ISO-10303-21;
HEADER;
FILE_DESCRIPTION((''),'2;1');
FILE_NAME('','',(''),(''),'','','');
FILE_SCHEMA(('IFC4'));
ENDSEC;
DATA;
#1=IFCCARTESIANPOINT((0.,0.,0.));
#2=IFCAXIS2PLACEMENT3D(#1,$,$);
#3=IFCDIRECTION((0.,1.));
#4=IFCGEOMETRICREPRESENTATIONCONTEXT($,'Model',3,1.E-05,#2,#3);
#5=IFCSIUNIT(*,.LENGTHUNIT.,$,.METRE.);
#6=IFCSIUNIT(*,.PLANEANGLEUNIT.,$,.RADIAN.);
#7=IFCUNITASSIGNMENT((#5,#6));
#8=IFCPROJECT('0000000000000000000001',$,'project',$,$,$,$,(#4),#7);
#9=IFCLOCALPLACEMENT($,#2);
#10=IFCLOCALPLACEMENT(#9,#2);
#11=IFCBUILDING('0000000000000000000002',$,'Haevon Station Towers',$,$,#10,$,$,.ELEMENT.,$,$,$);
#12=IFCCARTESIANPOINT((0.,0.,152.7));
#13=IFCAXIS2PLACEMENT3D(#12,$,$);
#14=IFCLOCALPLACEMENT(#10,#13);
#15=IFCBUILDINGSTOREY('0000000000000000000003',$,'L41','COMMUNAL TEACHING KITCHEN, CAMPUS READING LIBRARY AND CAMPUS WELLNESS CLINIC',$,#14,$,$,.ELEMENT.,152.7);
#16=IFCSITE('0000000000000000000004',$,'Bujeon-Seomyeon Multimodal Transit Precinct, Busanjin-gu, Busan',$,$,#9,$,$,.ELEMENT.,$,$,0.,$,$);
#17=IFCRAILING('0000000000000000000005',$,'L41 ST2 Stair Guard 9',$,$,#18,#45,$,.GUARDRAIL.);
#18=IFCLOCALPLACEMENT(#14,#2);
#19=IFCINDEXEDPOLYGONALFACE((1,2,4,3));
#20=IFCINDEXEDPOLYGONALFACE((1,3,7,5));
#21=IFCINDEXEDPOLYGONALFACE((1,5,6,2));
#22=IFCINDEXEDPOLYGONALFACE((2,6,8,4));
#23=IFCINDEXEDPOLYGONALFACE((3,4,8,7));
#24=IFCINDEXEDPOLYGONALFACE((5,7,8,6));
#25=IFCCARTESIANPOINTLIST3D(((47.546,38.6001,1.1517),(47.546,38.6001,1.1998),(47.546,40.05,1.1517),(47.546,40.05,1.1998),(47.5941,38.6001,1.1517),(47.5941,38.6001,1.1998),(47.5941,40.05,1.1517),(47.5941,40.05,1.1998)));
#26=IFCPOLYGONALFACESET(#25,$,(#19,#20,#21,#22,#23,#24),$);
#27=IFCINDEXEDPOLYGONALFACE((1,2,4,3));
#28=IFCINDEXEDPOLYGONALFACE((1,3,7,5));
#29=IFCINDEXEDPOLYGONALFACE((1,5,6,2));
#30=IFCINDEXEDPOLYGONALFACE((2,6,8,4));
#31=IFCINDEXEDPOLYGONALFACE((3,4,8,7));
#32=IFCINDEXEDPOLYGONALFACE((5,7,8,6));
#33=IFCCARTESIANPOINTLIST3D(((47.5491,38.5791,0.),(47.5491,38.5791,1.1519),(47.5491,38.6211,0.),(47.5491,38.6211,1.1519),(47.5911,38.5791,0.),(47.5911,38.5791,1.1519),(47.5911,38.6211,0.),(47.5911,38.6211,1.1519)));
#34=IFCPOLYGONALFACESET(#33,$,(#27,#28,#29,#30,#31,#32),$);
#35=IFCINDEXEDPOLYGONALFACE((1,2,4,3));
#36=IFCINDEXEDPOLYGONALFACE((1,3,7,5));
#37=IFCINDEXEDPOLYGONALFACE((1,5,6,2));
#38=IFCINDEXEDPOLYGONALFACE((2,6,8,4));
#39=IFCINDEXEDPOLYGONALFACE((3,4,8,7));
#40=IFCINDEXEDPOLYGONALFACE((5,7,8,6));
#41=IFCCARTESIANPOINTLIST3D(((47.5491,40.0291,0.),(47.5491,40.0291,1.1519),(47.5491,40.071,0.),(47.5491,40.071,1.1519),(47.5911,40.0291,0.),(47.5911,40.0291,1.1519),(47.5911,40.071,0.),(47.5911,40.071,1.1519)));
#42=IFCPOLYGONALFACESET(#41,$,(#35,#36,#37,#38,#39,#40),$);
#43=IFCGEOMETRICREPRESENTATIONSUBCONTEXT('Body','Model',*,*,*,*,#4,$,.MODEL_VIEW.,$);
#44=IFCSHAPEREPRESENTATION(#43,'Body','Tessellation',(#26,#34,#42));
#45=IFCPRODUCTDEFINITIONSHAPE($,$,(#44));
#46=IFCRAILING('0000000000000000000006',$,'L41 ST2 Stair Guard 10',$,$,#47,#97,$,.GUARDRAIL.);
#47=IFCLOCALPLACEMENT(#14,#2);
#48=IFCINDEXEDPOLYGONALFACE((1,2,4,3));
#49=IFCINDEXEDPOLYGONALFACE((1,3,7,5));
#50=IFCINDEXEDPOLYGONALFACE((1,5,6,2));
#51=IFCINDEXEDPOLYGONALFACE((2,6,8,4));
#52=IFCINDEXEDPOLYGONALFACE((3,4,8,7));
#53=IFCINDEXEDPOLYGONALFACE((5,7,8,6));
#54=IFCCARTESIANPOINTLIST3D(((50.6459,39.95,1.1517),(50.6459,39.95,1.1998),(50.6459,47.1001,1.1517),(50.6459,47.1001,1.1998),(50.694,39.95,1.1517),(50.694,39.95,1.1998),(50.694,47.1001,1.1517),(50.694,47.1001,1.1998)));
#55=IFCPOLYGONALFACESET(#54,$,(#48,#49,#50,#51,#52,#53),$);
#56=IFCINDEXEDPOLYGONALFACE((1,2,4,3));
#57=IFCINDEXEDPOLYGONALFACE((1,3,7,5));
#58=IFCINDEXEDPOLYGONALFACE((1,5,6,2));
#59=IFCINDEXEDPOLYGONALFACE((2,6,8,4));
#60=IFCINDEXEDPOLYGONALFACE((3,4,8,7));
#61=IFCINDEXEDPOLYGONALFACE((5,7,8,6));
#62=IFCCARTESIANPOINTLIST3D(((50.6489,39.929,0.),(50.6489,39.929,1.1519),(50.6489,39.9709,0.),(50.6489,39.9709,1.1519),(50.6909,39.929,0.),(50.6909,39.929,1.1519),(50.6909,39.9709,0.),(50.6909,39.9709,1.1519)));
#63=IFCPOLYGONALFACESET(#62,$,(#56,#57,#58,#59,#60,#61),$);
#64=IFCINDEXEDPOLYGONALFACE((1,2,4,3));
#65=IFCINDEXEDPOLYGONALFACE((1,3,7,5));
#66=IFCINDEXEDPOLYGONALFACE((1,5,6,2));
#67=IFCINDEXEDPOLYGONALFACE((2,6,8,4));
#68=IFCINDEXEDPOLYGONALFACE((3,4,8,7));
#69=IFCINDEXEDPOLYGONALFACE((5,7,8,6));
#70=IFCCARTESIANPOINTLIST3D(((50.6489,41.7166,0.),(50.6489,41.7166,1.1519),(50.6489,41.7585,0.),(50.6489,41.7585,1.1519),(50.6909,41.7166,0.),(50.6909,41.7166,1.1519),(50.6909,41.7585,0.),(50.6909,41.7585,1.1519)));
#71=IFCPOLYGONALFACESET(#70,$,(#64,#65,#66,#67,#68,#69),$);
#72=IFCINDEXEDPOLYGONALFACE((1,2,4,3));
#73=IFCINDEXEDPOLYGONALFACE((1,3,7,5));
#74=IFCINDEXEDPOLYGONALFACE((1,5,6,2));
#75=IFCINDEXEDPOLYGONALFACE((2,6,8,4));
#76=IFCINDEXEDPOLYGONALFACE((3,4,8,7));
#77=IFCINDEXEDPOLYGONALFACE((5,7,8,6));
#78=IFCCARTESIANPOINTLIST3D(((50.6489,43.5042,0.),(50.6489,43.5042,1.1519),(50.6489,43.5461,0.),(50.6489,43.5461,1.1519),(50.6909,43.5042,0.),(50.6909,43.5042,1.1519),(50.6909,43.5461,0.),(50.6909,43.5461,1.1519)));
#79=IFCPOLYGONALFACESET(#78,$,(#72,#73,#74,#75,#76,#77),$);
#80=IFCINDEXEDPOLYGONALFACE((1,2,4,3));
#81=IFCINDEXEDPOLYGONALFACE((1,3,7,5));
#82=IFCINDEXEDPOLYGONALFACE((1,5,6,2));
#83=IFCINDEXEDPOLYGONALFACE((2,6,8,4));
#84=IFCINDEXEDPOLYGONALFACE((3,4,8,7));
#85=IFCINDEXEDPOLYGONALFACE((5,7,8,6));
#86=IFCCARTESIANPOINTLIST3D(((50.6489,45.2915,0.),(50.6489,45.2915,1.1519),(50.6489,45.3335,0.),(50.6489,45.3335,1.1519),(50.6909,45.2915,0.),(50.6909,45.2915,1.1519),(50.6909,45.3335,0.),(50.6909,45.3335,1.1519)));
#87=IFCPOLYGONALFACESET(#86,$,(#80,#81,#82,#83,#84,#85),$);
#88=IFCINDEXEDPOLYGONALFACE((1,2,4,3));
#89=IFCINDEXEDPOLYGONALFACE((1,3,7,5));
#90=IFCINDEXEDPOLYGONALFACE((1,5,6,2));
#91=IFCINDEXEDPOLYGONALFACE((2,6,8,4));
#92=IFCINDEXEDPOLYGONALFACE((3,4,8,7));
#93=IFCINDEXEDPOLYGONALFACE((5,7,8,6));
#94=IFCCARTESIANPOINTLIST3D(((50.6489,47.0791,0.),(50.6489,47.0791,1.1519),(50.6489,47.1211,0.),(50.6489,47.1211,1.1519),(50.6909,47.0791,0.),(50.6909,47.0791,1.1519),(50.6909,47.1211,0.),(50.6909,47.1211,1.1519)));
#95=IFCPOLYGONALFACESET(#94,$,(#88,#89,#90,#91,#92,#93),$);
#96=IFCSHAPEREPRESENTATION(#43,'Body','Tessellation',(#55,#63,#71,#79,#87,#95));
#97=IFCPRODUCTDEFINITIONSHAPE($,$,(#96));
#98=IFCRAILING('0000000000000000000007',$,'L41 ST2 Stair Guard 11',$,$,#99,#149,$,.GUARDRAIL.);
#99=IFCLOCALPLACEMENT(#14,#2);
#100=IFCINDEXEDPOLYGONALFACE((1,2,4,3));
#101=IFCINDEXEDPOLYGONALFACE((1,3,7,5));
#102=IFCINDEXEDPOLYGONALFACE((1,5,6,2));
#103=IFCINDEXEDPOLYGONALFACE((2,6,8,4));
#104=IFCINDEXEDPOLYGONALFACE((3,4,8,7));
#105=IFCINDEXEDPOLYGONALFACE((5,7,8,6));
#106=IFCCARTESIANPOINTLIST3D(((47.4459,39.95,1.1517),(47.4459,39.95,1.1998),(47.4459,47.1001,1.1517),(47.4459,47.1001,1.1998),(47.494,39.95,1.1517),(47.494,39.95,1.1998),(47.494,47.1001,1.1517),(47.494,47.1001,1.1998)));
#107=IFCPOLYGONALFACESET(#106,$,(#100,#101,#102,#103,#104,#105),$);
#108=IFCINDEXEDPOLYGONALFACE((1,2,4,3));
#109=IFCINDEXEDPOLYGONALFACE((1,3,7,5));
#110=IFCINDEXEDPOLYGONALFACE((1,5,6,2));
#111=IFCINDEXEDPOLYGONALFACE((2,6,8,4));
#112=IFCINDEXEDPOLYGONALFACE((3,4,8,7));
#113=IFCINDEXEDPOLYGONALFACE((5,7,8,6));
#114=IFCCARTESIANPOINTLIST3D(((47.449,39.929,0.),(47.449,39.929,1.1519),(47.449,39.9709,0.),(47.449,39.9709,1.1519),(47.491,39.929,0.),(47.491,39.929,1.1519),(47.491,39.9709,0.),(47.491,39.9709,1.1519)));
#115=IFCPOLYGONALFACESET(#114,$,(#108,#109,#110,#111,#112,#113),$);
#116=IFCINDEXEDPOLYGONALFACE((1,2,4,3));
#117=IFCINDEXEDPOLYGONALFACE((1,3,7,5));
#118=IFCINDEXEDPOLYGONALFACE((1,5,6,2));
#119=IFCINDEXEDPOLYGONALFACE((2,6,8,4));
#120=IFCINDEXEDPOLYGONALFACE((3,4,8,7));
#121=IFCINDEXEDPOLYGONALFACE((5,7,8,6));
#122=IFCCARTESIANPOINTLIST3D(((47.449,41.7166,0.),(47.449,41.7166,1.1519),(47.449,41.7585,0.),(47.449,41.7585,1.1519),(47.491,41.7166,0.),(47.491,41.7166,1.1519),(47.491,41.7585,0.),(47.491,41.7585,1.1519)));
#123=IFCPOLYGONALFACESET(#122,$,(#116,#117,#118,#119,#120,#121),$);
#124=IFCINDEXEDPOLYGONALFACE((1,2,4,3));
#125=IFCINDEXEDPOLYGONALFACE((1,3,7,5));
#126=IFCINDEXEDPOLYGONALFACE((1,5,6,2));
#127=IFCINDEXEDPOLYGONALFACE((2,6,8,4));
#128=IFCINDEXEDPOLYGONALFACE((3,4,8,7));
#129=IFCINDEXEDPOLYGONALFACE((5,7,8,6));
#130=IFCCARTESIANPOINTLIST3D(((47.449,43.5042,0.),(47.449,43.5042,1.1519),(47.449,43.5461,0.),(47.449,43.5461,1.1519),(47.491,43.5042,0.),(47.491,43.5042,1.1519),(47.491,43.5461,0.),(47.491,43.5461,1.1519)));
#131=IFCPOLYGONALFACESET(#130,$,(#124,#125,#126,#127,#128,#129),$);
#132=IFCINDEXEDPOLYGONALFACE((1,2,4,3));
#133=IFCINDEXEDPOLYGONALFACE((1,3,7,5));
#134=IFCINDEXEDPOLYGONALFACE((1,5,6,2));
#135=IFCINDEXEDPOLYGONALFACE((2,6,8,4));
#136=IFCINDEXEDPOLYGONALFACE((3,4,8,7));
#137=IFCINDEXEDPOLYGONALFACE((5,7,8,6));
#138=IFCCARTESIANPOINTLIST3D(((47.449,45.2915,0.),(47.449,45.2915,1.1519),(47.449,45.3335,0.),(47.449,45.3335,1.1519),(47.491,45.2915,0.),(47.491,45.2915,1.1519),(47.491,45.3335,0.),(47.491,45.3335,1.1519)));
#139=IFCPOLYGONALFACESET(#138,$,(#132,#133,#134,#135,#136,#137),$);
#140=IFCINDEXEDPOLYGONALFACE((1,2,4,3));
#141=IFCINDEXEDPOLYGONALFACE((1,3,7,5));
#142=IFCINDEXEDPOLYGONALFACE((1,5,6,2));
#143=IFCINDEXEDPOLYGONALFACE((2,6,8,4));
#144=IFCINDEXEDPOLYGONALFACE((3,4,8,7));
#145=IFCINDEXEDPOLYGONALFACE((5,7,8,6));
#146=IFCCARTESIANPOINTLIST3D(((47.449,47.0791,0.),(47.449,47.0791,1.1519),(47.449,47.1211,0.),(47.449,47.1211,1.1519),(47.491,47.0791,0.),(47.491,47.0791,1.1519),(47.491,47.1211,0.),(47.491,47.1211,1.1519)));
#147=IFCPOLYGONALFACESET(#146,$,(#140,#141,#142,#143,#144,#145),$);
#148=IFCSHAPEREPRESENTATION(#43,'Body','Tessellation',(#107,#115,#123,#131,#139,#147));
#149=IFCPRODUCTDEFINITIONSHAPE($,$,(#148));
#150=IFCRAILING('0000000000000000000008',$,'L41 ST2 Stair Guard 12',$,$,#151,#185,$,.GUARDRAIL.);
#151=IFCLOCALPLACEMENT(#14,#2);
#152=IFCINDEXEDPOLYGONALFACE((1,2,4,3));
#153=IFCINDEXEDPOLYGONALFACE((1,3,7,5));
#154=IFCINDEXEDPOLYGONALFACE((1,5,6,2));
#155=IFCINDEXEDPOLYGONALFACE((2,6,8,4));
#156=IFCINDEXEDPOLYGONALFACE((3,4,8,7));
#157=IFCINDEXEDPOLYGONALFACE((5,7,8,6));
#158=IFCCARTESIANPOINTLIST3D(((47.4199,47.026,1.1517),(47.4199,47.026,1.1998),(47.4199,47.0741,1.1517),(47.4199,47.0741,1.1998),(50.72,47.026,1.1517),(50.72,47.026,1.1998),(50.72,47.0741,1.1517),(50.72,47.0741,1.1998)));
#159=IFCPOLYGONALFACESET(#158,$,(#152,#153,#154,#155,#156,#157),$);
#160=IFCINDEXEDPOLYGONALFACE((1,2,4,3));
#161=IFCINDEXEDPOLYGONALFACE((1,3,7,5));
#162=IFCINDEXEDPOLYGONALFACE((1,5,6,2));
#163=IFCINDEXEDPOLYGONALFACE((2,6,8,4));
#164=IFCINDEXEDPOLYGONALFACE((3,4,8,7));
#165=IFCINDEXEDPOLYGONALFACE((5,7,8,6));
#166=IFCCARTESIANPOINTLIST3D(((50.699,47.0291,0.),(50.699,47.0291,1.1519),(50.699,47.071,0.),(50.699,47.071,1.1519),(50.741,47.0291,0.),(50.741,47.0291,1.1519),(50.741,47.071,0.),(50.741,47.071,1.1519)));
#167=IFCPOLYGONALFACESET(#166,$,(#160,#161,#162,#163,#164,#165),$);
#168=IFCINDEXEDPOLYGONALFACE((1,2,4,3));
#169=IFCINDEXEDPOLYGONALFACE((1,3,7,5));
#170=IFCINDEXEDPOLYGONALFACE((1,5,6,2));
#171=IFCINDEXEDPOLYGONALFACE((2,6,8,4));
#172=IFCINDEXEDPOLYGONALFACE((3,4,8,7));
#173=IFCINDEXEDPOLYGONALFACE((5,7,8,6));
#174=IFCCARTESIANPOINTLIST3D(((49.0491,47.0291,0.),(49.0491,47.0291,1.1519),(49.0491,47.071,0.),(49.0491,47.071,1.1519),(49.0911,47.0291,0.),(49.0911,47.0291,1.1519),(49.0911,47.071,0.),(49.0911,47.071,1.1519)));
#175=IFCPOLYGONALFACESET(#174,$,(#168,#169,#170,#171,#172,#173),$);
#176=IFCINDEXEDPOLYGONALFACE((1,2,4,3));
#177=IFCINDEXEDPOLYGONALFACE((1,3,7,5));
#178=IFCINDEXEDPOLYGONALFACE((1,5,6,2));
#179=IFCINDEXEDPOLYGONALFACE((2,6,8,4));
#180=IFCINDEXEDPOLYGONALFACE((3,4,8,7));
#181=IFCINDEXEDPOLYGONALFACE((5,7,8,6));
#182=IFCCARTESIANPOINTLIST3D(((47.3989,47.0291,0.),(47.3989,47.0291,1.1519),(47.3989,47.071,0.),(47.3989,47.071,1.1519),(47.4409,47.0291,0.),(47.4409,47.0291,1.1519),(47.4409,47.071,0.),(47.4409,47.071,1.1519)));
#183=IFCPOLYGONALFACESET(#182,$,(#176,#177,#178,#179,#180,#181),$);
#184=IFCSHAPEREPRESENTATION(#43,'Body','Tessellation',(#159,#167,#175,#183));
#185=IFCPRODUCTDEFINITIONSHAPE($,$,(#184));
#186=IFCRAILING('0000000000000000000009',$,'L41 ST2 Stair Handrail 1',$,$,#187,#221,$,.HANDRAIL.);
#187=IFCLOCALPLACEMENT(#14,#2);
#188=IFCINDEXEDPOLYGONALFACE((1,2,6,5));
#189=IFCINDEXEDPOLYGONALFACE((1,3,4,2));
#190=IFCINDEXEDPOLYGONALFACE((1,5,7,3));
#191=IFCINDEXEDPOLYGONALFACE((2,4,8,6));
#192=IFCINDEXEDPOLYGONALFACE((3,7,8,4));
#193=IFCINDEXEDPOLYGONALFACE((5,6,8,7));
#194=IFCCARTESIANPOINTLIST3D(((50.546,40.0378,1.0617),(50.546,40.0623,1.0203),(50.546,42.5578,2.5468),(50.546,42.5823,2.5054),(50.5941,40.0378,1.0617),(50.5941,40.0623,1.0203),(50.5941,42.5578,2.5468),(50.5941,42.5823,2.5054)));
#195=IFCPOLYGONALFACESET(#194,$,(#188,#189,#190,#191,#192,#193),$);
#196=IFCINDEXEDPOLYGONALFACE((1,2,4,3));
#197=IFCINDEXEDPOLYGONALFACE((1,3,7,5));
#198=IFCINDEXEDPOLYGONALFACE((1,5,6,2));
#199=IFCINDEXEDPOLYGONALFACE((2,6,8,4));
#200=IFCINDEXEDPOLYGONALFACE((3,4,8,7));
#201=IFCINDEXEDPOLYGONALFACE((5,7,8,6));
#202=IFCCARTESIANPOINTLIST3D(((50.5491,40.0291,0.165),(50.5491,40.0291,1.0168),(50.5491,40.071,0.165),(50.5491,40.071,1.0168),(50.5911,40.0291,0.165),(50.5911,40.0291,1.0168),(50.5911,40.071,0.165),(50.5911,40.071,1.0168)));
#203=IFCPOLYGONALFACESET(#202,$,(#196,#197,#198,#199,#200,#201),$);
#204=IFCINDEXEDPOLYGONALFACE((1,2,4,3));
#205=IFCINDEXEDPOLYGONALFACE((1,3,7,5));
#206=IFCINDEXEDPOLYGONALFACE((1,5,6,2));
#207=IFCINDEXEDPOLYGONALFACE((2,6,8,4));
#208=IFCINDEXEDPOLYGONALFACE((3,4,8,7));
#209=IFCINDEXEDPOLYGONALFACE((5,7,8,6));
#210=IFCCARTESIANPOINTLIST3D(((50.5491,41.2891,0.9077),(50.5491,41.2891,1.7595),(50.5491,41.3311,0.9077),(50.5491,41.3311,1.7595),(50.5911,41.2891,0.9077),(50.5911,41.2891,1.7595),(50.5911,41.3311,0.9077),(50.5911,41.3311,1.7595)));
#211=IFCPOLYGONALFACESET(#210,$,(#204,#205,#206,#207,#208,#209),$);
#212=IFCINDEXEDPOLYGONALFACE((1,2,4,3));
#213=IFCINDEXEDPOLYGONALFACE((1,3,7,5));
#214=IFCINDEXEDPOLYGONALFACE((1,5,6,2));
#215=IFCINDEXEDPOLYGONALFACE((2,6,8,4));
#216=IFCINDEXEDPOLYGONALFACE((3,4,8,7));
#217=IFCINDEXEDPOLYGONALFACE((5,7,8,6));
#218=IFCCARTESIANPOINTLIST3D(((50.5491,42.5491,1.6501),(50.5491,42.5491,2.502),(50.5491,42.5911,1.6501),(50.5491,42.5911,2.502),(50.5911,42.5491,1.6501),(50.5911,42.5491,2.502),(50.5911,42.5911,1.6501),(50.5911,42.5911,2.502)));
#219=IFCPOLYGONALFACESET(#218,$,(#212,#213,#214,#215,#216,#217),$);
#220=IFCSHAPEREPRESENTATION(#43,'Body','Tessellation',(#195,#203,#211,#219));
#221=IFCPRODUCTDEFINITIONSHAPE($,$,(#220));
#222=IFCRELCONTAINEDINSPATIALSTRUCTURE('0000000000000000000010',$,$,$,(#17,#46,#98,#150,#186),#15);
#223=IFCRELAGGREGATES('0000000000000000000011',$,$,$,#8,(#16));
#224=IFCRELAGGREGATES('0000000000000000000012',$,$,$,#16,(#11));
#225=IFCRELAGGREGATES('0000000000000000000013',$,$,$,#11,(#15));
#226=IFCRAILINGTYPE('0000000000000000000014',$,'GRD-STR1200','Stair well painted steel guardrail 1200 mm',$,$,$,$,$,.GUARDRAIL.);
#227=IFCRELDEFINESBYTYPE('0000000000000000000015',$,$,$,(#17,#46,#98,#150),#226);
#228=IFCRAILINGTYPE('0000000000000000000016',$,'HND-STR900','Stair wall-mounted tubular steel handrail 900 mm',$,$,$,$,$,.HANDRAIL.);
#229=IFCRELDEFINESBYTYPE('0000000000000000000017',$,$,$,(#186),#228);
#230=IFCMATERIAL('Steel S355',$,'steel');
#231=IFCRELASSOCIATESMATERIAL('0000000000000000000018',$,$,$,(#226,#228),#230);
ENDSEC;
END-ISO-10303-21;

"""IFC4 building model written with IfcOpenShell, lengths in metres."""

from ifc_helpers import new_model, si_unit, direction, frame, origin, origin_2d, place, context, subcontext, project, spatial, rectangle, extrude, material, type_object, element, save


model = new_model("IFC4")

# Units and contexts
model_context = context("Model", 3, precision=1e-05, world=origin(), true_north=direction((0.0, 1.0)))
body_context = subcontext(model_context, "Body", "Model", "MODEL_VIEW")
ifc_project = project(units=[si_unit("LENGTHUNIT", "METRE"), si_unit("PLANEANGLEUNIT", "RADIAN")], contexts=[model_context])

# Site, building, storey
site_placement = place(None, origin())
site = spatial("IfcSite", under=ifc_project, at=site_placement, Name="Bujeon-Seomyeon Multimodal Transit Precinct, Busanjin-gu, Busan", CompositionType="ELEMENT", RefElevation=0.0)
building_placement = place(site_placement, origin())
building = spatial("IfcBuilding", under=site, at=building_placement, Name="Haevon Station Towers", CompositionType="ELEMENT")
storey_placement = place(building_placement, frame((0.0, 0.0, 152.7)))
storey = spatial("IfcBuildingStorey", under=building, at=storey_placement, Name="L41", Description="COMMUNAL TEACHING KITCHEN, CAMPUS READING LIBRARY AND CAMPUS WELLNESS CLINIC", CompositionType="ELEMENT", Elevation=152.7)

# Shared definitions
ifc_material_1 = material(Name="Steel S355", Category="steel")

# Railings
railing_type_1 = type_object("IfcRailingType", Name="GRD-STR1200", Description="Stair well painted steel guardrail 1200 mm", PredefinedType="GUARDRAIL", material=ifc_material_1)
for number, where, name in (
    (1, (47.5701, 38.6001, 0.0), "L41 ST2 Stair Guard 9"),
):
    element("IfcRailing", number, at=place(storey_placement, frame(where)), inside=storey, type_object=railing_type_1, Name=name, PredefinedType="GUARDRAIL", context=body_context, shape_type="SweptSolid", body=[
        extrude(rectangle(XDim=0.0481, YDim=0.0481, at=origin_2d()), frame((0.0, 0.0, 1.1758), z_axis=(0.0, 1.0, 0.0), x_axis=(-1.0, 0.0, 0.0)), (0.0, 0.0, 1.0), 1.45),
        extrude(rectangle(XDim=0.042, YDim=0.042, at=origin_2d()), origin(), (0.0, 0.0, 1.0), 1.1519),
        extrude(rectangle(XDim=0.042, YDim=0.042, at=origin_2d()), frame((0.0, 1.45, 0.0)), (0.0, 0.0, 1.0), 1.1519),
    ])
for number, where, name in (
    (2, (50.6699, 39.95, 0.0), "L41 ST2 Stair Guard 10"),
    (3, (47.47, 39.95, 0.0), "L41 ST2 Stair Guard 11"),
):
    element("IfcRailing", number, at=place(storey_placement, frame(where)), inside=storey, type_object=railing_type_1, Name=name, PredefinedType="GUARDRAIL", context=body_context, shape_type="SweptSolid", body=[
        extrude(rectangle(XDim=0.0481, YDim=0.0481, at=origin_2d()), frame((0.0, 0.0, 1.1758), z_axis=(0.0, 1.0, 0.0), x_axis=(-1.0, 0.0, 0.0)), (0.0, 0.0, 1.0), 7.1501),
        extrude(rectangle(XDim=0.042, YDim=0.042, at=origin_2d()), origin(), (0.0, 0.0, 1.0), 1.1519),
        extrude(rectangle(XDim=0.042, YDim=0.042, at=origin_2d()), frame((0.0, 1.7876, 0.0)), (0.0, 0.0, 1.0), 1.1519),
        extrude(rectangle(XDim=0.042, YDim=0.042, at=origin_2d()), frame((0.0, 3.5752, 0.0)), (0.0, 0.0, 1.0), 1.1519),
        extrude(rectangle(XDim=0.042, YDim=0.042, at=origin_2d()), frame((0.0, 5.3625, 0.0)), (0.0, 0.0, 1.0), 1.1519),
        extrude(rectangle(XDim=0.042, YDim=0.042, at=origin_2d()), frame((0.0, 7.1501, 0.0)), (0.0, 0.0, 1.0), 1.1519),
    ])
railing_1_placement = place(storey_placement, frame((50.72, 47.05, 0.0)))
element("IfcRailing", 4, at=railing_1_placement, inside=storey, type_object=railing_type_1, Name="L41 ST2 Stair Guard 12", PredefinedType="GUARDRAIL", context=body_context, shape_type="SweptSolid", body=[
    extrude(rectangle(XDim=0.0481, YDim=0.0481, at=origin_2d()), frame((0.0, 0.0, 1.1758), z_axis=(-1.0, 0.0, 0.0), x_axis=(0.0, -1.0, 0.0)), (0.0, 0.0, 1.0), 3.3),
    extrude(rectangle(XDim=0.042, YDim=0.042, at=origin_2d()), origin(), (0.0, 0.0, 1.0), 1.1519),
    extrude(rectangle(XDim=0.042, YDim=0.042, at=origin_2d()), frame((-1.6499, 0.0, 0.0)), (0.0, 0.0, 1.0), 1.1519),
    extrude(rectangle(XDim=0.042, YDim=0.042, at=origin_2d()), frame((-3.3, 0.0, 0.0)), (0.0, 0.0, 1.0), 1.1519),
])
railing_type_2 = type_object("IfcRailingType", Name="HND-STR900", Description="Stair wall-mounted tubular steel handrail 900 mm", PredefinedType="HANDRAIL", material=ifc_material_1)
railing_2_placement = place(storey_placement, frame((50.5701, 40.05, 0.165)))
element("IfcRailing", 5, at=railing_2_placement, inside=storey, type_object=railing_type_2, Name="L41 ST2 Stair Handrail 1", PredefinedType="HANDRAIL", context=body_context, shape_type="SweptSolid", body=[
    extrude(rectangle(XDim=0.0481, YDim=0.0481, at=origin_2d()), frame((0.0, 0.0, 0.876), z_axis=(0.0, 0.861524, 0.507717), x_axis=(-1.0, 0.0, 0.0)), (0.0, 0.0, 1.0), 2.925),
    extrude(rectangle(XDim=0.042, YDim=0.042, at=origin_2d()), origin(), (0.0, 0.0, 1.0), 0.8518),
    extrude(rectangle(XDim=0.042, YDim=0.042, at=origin_2d()), frame((0.0, 1.26, 0.7427)), (0.0, 0.0, 1.0), 0.8518),
    extrude(rectangle(XDim=0.042, YDim=0.042, at=origin_2d()), frame((0.0, 2.52, 1.4851)), (0.0, 0.0, 1.0), 0.8518),
])

save(model, "model.ifc")
